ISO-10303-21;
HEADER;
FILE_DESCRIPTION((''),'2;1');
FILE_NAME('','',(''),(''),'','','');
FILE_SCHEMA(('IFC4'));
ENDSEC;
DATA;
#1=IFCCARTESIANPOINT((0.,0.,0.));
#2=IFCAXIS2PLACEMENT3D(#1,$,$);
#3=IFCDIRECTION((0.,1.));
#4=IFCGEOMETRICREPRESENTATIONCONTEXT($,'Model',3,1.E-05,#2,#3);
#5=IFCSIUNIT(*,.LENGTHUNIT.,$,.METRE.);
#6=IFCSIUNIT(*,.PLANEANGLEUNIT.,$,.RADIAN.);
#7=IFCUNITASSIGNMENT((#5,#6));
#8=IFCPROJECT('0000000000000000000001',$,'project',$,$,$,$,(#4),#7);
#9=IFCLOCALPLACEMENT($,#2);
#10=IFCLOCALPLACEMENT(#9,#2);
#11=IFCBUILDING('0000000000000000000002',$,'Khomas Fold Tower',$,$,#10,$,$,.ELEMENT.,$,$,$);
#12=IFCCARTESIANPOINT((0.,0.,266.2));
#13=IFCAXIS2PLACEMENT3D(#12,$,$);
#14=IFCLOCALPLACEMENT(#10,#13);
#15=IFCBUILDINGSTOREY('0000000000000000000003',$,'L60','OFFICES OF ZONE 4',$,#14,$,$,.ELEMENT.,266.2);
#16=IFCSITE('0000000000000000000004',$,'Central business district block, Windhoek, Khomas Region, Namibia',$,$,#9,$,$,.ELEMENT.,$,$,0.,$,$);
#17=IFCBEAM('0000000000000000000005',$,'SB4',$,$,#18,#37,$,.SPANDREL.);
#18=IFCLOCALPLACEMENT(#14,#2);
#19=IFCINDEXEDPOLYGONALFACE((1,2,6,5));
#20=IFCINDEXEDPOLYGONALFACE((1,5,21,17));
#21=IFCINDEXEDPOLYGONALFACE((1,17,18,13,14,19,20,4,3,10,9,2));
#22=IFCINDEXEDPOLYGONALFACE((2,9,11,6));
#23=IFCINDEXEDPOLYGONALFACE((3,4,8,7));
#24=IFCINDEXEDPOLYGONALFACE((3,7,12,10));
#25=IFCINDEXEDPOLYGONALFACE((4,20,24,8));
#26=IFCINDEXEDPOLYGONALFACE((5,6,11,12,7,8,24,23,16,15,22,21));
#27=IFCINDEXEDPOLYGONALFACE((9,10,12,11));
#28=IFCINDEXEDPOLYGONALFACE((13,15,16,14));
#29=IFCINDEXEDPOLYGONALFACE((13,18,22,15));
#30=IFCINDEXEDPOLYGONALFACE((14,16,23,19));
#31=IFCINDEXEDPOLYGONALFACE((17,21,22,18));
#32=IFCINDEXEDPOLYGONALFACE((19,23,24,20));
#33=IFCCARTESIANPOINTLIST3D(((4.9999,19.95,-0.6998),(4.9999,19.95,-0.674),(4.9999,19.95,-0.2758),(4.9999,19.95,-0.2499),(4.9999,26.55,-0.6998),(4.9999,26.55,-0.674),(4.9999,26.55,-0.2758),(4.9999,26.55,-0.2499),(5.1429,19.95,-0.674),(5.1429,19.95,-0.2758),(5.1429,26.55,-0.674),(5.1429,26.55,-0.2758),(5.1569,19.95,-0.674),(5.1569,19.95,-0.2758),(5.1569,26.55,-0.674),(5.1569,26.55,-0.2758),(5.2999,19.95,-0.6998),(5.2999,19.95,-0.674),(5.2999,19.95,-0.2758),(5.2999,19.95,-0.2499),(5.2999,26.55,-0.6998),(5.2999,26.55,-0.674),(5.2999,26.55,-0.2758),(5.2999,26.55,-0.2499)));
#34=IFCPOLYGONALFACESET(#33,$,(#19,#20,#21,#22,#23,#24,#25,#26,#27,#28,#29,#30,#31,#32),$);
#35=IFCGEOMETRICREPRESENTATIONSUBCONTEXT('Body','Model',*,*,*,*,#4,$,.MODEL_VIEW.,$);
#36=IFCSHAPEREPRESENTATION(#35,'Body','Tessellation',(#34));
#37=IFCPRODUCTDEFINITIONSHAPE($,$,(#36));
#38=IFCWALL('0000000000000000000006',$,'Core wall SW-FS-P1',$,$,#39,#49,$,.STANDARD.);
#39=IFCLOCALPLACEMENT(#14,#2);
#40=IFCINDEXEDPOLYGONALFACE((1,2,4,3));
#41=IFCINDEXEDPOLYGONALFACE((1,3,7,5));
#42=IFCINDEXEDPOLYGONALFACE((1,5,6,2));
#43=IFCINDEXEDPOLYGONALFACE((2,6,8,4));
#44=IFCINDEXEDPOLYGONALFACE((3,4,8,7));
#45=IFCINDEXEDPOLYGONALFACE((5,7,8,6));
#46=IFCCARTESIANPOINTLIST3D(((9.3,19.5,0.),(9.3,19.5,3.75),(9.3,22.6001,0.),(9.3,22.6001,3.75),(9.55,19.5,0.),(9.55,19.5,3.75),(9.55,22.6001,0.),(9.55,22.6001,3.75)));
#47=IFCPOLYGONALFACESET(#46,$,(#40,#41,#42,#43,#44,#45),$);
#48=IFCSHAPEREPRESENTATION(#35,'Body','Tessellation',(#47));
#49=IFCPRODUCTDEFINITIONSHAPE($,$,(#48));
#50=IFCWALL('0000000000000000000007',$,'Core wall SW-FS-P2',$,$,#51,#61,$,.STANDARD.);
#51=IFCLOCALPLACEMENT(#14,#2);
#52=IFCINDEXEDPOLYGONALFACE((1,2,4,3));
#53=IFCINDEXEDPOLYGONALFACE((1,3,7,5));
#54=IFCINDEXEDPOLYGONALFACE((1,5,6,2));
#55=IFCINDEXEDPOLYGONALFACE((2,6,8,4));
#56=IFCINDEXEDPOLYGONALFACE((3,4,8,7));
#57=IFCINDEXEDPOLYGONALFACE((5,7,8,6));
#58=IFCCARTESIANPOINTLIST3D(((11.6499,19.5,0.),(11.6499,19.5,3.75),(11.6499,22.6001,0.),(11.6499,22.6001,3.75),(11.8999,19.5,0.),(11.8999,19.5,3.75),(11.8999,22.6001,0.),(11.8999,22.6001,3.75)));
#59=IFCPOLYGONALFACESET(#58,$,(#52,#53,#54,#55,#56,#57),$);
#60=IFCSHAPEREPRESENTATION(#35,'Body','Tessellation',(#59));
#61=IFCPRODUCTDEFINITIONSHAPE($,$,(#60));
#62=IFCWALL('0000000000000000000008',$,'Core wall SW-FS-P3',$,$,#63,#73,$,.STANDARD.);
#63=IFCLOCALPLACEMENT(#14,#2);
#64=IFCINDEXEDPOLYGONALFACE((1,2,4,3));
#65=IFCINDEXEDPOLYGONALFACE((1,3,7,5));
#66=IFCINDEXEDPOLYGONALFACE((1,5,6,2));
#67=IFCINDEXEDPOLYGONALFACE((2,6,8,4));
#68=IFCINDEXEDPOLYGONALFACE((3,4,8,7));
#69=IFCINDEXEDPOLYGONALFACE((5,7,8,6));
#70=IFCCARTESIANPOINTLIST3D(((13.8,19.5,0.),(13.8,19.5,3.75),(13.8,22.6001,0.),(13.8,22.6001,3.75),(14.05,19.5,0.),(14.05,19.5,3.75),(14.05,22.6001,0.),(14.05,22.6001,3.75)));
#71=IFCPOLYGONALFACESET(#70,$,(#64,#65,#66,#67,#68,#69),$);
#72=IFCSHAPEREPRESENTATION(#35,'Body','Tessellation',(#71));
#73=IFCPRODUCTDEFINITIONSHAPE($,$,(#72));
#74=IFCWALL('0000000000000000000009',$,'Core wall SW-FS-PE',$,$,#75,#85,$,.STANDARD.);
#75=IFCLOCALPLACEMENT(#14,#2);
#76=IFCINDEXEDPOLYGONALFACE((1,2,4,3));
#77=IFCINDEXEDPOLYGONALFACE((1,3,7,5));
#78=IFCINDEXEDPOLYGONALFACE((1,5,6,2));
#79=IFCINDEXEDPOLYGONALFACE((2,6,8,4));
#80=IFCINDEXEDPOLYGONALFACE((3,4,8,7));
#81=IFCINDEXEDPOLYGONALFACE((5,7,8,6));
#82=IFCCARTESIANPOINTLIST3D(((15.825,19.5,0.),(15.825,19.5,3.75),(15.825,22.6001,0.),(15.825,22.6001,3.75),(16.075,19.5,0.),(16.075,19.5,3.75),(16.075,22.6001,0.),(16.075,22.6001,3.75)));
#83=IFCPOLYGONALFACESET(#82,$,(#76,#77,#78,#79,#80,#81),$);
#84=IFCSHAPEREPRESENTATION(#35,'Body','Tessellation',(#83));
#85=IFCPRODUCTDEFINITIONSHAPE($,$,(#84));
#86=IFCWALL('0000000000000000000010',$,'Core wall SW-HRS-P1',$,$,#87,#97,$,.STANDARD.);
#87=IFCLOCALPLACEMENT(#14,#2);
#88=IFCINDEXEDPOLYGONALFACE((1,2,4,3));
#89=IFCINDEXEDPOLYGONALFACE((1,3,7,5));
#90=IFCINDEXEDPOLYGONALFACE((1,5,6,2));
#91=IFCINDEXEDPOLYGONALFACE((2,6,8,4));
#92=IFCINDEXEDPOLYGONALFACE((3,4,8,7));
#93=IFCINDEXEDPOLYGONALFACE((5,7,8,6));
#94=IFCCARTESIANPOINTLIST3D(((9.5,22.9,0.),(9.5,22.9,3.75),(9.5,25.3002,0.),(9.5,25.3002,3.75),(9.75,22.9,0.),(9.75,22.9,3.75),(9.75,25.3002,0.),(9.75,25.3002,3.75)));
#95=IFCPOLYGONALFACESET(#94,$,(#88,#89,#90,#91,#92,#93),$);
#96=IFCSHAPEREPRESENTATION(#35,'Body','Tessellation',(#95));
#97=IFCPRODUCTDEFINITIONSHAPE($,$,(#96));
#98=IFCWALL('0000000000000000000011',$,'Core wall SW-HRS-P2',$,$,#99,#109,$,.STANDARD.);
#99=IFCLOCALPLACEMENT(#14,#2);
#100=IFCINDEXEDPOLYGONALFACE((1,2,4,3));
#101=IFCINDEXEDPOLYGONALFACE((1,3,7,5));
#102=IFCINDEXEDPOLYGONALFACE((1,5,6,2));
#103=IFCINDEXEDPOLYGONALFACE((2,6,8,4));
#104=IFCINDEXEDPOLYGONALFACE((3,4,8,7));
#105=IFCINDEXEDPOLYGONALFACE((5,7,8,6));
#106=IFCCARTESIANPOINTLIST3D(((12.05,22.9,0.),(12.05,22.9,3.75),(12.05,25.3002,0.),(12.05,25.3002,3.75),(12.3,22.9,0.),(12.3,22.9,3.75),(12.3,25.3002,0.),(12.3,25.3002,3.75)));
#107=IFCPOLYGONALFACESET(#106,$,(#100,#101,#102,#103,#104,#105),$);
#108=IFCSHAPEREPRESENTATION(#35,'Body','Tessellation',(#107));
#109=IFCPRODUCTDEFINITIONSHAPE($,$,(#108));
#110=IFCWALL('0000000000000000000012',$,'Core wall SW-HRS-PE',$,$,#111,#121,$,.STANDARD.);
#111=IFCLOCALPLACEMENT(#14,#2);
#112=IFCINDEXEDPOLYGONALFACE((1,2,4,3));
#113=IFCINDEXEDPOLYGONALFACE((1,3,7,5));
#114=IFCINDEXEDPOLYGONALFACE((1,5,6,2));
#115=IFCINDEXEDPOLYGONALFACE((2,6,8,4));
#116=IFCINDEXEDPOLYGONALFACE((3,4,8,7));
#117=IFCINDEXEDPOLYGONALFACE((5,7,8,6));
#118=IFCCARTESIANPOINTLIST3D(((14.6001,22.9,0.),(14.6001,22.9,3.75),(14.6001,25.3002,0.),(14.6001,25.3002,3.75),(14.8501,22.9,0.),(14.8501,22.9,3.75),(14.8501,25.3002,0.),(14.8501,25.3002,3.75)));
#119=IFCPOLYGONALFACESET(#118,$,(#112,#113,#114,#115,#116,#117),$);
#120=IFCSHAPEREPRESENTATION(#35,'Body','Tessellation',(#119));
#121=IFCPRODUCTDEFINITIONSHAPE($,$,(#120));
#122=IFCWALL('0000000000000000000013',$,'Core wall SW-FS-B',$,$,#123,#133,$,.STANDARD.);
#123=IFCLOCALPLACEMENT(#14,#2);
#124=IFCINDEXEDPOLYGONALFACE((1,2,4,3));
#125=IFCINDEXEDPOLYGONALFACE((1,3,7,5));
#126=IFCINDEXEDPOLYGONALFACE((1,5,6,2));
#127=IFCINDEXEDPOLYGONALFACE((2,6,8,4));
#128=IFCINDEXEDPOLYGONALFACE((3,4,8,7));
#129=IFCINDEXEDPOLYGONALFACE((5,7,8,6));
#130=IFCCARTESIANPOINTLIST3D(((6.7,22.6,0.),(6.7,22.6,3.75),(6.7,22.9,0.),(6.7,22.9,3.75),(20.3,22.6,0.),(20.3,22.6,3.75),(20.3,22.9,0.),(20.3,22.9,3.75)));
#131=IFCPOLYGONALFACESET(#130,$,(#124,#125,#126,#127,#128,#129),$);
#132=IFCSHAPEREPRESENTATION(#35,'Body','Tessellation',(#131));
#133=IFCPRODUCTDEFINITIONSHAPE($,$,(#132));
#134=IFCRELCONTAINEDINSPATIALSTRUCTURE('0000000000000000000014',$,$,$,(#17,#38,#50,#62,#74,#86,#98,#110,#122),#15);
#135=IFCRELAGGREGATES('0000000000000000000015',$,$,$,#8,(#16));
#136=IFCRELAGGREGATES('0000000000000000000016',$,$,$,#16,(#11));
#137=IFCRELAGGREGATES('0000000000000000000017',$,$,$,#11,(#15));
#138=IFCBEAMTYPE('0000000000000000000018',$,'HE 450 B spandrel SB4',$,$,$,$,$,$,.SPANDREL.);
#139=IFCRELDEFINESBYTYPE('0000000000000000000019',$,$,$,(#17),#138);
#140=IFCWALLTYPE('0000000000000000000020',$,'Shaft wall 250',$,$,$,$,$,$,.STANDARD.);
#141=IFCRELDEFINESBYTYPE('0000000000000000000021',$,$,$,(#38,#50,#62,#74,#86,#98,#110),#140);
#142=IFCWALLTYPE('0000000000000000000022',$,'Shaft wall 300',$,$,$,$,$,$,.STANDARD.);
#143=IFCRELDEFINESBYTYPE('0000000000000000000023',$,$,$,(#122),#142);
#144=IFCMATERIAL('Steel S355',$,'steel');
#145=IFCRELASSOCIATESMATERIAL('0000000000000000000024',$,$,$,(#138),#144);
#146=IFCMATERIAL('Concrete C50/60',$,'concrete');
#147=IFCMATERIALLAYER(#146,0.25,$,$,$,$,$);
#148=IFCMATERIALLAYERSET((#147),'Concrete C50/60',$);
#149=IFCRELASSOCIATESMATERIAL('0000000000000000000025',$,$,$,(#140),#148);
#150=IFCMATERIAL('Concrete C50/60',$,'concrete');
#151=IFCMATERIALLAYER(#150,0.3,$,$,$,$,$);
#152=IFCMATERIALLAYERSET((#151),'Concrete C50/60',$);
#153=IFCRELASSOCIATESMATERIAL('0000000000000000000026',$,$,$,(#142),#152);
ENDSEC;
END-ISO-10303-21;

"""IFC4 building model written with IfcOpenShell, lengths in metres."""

from ifc_helpers import new_model, si_unit, direction, frame, frame_2d, origin, origin_2d, place, context, subcontext, project, spatial, rectangle, i_section, extrude, source, transform, mapped, material, layer, layer_set, material_profile, profile_set, type_object, element, save


model = new_model("IFC4")

# Units and contexts
model_context = context("Model", 3, precision=1e-05, world=origin(), true_north=direction((0.0, 1.0)))
body_context = subcontext(model_context, "Body", "Model", "MODEL_VIEW")
ifc_project = project(units=[si_unit("LENGTHUNIT", "METRE"), si_unit("PLANEANGLEUNIT", "RADIAN")], contexts=[model_context])

# Site, building, storey
site_placement = place(None, origin())
site = spatial("IfcSite", under=ifc_project, at=site_placement, Name="Central business district block, Windhoek, Khomas Region, Namibia", CompositionType="ELEMENT", RefElevation=0.0)
building_placement = place(site_placement, origin())
building = spatial("IfcBuilding", under=site, at=building_placement, Name="Khomas Fold Tower", CompositionType="ELEMENT")
storey_placement = place(building_placement, frame((0.0, 0.0, 266.2)))
storey = spatial("IfcBuildingStorey", under=building, at=storey_placement, Name="L60", Description="OFFICES OF ZONE 4", CompositionType="ELEMENT", Elevation=266.2)

# Beam
ifc_material_1 = material(Name="Steel S355", Category="steel")
ifc_material_profile = material_profile(ifc_material_1, i_section(OverallWidth=0.3, OverallDepth=0.45, WebThickness=0.0139, FlangeThickness=0.0259, at=origin_2d()), Name="HE 450 B")
ifc_profile_set = profile_set([ifc_material_profile], Name="Steel S355")
beam_type = type_object("IfcBeamType", Name="HE 450 B spandrel SB4", PredefinedType="SPANDREL", material=ifc_profile_set)
shared_shape_1 = source(origin(), body_context, "Body", "SweptSolid", [
    extrude(i_section(OverallWidth=0.3, OverallDepth=0.45, WebThickness=0.0139, FlangeThickness=0.0259, at=origin_2d()), origin(), (0.0, 0.0, 1.0), 6.6001),
])
beam_placement = place(storey_placement, frame((5.1499, 19.95, -0.4749), z_axis=(0.0, 1.0, 0.0), x_axis=(-1.0, 0.0, 0.0)))
element("IfcBeam", 1, at=beam_placement, inside=storey, type_object=beam_type, Name="SB4", PredefinedType="SPANDREL", context=body_context, shape_type="MappedRepresentation", body=[
    mapped(shared_shape_1, transform((0.0, 0.0, 0.0))),
])

# Walls
ifc_material_2 = material(Name="Concrete C50/60", Category="concrete")
ifc_layer_1 = layer(ifc_material_2, 0.25)
ifc_layer_set_1 = layer_set([ifc_layer_1], Name="Concrete C50/60")
wall_type_1 = type_object("IfcWallType", Name="Shaft wall 250", PredefinedType="STANDARD", material=ifc_layer_set_1)
shared_shape_2 = source(origin(), body_context, "Body", "SweptSolid", [
    extrude(rectangle(XDim=3.1001, YDim=0.25, at=frame_2d((1.55, 0.0))), origin(), (0.0, 0.0, 1.0), 3.75),
])
for number, where, z_axis, x_axis, name in (
    (2, (9.425, 19.5, 0.0), (0.0, 0.0, 1.0), (0.0, 1.0, 0.0), "Core wall SW-FS-P1"),
    (3, (11.7749, 19.5, 0.0), (0.0, 0.0, 1.0), (0.0, 1.0, 0.0), "Core wall SW-FS-P2"),
    (4, (13.925, 19.5, 0.0), (0.0, 0.0, 1.0), (0.0, 1.0, 0.0), "Core wall SW-FS-P3"),
    (5, (15.95, 19.5, 0.0), (0.0, 0.0, 1.0), (0.0, 1.0, 0.0), "Core wall SW-FS-PE"),
):
    element("IfcWall", number, at=place(storey_placement, frame(where, z_axis=z_axis, x_axis=x_axis)), inside=storey, type_object=wall_type_1, Name=name, PredefinedType="STANDARD", context=body_context, shape_type="MappedRepresentation", body=[
        mapped(shared_shape_2, transform((0.0, 0.0, 0.0))),
    ])
shared_shape_3 = source(origin(), body_context, "Body", "SweptSolid", [
    extrude(rectangle(XDim=2.4001, YDim=0.25, at=frame_2d((1.2002, 0.0))), origin(), (0.0, 0.0, 1.0), 3.75),
])
for number, where, z_axis, x_axis, name in (
    (6, (9.625, 22.8999, 0.0), (0.0, 0.0, 1.0), (0.0, 1.0, 0.0), "Core wall SW-HRS-P1"),
    (7, (12.175, 22.8999, 0.0), (0.0, 0.0, 1.0), (0.0, 1.0, 0.0), "Core wall SW-HRS-P2"),
    (8, (14.7251, 22.8999, 0.0), (0.0, 0.0, 1.0), (0.0, 1.0, 0.0), "Core wall SW-HRS-PE"),
):
    element("IfcWall", number, at=place(storey_placement, frame(where, z_axis=z_axis, x_axis=x_axis)), inside=storey, type_object=wall_type_1, Name=name, PredefinedType="STANDARD", context=body_context, shape_type="MappedRepresentation", body=[
        mapped(shared_shape_3, transform((0.0, 0.0, 0.0))),
    ])
ifc_material_3 = material(Name="Concrete C50/60", Category="concrete")
ifc_layer_2 = layer(ifc_material_3, 0.3)
ifc_layer_set_2 = layer_set([ifc_layer_2], Name="Concrete C50/60")
wall_type_2 = type_object("IfcWallType", Name="Shaft wall 300", PredefinedType="STANDARD", material=ifc_layer_set_2)
shared_shape_4 = source(origin(), body_context, "Body", "SweptSolid", [
    extrude(rectangle(XDim=13.6001, YDim=0.3, at=frame_2d((6.8, 0.0))), origin(), (0.0, 0.0, 1.0), 3.75),
])
wall_1_placement = place(storey_placement, frame((6.7, 22.75, 0.0), z_axis=(0.0, 0.0, 1.0), x_axis=(1.0, 0.0, 0.0)))
element("IfcWall", 9, at=wall_1_placement, inside=storey, type_object=wall_type_2, Name="Core wall SW-FS-B", PredefinedType="STANDARD", context=body_context, shape_type="MappedRepresentation", body=[
    mapped(shared_shape_4, transform((0.0, 0.0, 0.0))),
])

save(model, "model.ifc")
